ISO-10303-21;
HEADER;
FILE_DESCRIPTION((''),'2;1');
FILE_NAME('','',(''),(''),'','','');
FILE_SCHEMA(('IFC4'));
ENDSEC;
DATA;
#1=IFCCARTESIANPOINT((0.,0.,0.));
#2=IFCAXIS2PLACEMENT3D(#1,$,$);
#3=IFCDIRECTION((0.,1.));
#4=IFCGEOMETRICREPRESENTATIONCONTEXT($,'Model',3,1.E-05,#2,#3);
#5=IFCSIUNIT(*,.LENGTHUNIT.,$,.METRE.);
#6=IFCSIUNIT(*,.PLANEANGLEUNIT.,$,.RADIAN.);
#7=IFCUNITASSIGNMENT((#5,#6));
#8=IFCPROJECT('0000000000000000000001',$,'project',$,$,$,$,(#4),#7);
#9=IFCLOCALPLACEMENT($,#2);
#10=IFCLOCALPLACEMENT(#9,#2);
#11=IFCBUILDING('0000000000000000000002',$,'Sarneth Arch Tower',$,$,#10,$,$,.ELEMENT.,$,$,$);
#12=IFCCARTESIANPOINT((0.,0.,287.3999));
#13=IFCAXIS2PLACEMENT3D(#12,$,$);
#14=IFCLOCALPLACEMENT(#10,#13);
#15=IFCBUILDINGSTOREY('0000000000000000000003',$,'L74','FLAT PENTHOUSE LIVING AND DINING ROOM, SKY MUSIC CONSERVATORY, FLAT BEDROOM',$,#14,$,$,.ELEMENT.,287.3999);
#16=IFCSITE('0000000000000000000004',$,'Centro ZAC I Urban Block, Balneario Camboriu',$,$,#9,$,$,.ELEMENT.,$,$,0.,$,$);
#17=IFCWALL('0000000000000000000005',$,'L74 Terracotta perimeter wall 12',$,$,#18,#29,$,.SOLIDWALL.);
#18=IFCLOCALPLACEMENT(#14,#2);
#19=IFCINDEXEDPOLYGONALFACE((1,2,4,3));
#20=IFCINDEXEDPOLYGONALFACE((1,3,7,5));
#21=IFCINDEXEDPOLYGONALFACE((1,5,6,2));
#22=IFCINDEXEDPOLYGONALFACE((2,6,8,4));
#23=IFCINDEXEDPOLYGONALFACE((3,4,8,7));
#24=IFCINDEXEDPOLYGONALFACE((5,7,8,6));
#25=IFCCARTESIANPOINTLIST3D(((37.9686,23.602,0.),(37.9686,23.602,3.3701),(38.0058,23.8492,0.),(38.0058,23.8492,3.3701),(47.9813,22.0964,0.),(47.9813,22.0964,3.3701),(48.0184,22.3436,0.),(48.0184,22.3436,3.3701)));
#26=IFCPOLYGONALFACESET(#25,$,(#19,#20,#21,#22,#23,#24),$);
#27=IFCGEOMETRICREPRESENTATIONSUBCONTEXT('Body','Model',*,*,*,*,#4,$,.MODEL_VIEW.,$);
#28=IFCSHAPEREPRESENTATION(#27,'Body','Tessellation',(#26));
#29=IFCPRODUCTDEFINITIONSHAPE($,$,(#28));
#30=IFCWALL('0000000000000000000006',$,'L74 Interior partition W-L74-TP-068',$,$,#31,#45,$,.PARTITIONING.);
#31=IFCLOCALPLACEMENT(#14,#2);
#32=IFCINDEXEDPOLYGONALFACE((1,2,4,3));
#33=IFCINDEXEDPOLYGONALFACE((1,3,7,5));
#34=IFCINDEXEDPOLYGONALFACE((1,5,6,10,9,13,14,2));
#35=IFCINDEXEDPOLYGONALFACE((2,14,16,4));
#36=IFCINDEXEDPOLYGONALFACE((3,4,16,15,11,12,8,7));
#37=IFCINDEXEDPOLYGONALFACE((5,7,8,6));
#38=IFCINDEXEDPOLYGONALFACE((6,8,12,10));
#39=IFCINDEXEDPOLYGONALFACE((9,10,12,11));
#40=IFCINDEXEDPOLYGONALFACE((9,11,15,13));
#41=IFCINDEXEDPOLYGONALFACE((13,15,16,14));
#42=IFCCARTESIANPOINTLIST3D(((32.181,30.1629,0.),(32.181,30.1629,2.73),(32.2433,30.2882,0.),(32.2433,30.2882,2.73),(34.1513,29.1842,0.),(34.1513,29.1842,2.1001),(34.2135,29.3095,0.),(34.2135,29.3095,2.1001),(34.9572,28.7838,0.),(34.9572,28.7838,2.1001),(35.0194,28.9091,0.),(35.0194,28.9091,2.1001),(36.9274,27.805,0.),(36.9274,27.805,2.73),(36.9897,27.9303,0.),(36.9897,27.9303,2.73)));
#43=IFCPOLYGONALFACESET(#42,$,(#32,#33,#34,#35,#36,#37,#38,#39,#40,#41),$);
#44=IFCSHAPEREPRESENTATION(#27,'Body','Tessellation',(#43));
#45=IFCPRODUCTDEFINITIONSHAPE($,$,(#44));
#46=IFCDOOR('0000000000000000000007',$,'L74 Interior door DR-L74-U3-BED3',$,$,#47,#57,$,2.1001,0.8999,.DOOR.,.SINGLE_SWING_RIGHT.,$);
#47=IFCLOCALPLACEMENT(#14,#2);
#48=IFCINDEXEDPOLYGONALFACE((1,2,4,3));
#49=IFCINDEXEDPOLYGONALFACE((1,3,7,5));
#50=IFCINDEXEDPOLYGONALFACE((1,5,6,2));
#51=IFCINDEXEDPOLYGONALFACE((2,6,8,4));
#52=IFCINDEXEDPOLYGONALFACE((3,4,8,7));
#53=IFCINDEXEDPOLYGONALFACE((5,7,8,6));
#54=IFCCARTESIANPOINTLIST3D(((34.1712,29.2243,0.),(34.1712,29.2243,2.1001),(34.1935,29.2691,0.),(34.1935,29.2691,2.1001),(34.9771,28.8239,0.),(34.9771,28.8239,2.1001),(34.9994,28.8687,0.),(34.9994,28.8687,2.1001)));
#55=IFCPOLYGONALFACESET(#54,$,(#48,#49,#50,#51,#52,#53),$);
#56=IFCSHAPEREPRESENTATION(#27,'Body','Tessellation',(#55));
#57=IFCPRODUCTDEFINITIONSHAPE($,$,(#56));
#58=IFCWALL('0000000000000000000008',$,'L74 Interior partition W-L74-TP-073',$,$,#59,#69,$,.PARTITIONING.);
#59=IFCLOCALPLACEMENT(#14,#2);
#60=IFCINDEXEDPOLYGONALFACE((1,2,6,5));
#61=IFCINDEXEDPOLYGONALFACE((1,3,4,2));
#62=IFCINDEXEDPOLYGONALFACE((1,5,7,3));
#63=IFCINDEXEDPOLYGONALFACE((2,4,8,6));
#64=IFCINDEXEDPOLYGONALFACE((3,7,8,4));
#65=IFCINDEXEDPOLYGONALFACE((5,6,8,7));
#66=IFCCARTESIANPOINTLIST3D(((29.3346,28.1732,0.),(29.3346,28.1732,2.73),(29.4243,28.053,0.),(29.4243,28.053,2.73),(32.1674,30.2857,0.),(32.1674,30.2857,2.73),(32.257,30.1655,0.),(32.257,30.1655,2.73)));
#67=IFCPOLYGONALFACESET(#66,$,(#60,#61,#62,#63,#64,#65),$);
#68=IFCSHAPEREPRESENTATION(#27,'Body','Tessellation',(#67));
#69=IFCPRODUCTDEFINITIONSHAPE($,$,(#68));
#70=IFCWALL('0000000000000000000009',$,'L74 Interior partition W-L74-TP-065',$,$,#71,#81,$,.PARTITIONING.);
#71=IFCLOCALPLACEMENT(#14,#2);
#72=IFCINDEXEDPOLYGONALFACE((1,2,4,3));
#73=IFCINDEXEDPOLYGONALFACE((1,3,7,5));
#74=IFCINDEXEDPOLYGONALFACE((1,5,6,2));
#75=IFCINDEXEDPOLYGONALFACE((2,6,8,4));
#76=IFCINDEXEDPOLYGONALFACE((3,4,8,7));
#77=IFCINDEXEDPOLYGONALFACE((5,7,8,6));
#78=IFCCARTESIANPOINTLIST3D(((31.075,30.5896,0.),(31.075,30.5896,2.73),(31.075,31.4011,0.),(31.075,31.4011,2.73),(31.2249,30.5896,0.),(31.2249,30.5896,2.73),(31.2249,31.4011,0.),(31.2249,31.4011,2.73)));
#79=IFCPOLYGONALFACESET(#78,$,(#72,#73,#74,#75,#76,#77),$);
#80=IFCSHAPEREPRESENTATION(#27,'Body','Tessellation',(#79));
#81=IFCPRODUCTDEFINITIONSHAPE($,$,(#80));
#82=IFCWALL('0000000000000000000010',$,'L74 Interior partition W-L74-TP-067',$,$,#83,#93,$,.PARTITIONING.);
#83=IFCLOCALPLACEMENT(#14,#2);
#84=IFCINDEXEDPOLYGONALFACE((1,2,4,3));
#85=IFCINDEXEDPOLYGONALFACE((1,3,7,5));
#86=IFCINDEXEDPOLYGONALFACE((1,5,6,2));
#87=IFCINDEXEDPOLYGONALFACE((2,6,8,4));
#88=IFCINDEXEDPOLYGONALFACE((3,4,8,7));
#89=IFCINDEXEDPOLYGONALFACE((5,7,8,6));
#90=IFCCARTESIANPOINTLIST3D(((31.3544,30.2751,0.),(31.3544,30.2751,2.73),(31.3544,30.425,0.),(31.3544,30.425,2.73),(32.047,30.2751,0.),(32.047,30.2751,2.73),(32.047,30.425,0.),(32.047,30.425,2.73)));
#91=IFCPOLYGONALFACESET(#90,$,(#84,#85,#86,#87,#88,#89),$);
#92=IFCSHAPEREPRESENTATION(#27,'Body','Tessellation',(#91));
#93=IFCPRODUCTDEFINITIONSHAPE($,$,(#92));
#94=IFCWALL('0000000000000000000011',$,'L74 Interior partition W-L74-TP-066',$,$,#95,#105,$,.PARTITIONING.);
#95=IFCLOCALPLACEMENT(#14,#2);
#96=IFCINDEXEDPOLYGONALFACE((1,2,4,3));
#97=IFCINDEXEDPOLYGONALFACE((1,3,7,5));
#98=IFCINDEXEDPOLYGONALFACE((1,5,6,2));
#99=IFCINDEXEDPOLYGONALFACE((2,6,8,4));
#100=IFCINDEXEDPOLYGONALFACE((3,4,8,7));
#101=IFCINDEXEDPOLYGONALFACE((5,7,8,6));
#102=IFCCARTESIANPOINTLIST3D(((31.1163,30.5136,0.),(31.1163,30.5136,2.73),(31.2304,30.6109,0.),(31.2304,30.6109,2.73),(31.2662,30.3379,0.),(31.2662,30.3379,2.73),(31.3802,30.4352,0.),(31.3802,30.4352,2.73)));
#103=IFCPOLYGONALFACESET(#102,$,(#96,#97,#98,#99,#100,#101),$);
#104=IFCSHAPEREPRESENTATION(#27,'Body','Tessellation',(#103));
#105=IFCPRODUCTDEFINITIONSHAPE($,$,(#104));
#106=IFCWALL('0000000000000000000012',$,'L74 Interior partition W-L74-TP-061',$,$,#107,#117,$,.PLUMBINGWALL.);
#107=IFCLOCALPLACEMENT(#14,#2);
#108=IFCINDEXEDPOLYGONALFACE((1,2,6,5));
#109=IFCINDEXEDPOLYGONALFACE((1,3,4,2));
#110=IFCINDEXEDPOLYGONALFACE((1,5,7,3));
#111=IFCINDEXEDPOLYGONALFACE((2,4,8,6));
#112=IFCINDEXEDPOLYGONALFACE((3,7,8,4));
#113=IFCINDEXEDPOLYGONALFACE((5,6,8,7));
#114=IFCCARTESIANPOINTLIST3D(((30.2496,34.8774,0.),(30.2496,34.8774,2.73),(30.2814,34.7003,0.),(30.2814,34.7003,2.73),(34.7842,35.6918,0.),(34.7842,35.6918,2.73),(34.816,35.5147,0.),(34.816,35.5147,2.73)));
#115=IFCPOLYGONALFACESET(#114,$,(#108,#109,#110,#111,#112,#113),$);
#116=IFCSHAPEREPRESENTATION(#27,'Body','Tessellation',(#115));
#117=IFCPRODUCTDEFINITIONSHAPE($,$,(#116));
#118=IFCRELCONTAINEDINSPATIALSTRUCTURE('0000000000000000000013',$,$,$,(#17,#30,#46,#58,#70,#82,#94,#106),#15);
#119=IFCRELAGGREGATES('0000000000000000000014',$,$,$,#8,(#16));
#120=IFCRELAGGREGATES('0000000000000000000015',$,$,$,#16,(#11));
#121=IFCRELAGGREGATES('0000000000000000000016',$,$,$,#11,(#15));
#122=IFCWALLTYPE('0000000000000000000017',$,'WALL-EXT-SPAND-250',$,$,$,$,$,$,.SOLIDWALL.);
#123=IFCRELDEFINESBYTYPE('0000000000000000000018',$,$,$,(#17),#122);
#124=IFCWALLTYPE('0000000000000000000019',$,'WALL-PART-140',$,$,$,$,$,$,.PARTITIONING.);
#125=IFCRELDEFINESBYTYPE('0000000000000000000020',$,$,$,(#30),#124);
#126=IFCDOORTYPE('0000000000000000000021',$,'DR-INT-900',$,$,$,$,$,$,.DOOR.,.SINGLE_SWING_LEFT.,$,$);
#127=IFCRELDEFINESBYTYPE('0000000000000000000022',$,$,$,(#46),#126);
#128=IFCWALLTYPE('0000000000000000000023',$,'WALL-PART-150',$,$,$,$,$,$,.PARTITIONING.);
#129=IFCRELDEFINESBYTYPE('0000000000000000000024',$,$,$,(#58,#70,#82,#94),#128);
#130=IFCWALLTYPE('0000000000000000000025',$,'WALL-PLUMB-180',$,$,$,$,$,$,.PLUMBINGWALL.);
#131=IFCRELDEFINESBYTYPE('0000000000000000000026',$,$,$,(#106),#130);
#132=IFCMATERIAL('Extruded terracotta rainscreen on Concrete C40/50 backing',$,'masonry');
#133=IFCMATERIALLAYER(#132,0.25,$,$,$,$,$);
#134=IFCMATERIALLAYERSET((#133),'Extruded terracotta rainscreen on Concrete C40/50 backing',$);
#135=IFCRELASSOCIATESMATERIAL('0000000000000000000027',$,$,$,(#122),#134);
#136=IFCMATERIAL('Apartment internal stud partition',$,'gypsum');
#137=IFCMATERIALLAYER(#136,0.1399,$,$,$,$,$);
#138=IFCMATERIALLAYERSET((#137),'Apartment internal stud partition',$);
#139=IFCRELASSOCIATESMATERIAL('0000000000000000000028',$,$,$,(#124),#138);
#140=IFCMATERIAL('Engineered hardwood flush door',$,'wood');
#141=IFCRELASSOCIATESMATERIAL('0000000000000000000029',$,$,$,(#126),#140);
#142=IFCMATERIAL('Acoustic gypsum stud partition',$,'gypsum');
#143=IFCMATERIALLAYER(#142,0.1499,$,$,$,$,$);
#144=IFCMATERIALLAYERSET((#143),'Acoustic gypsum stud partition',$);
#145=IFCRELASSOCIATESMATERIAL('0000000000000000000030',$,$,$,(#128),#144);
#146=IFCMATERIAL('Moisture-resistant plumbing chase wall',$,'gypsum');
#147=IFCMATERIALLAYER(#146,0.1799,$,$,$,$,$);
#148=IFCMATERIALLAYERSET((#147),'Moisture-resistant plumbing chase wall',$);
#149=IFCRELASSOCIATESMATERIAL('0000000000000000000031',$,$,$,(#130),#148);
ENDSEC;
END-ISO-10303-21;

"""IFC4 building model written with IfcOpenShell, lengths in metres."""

from ifc_helpers import new_model, si_unit, direction, frame, frame_2d, origin, place, context, subcontext, project, spatial, rectangle, extrude, material, layer, layer_set, type_object, element, fill, save


model = new_model("IFC4")

# Units and contexts
model_context = context("Model", 3, precision=1e-05, world=origin(), true_north=direction((0.0, 1.0)))
body_context = subcontext(model_context, "Body", "Model", "MODEL_VIEW")
ifc_project = project(units=[si_unit("LENGTHUNIT", "METRE"), si_unit("PLANEANGLEUNIT", "RADIAN")], contexts=[model_context])

# Site, building, storey
site_placement = place(None, origin())
site = spatial("IfcSite", under=ifc_project, at=site_placement, Name="Centro ZAC I Urban Block, Balneario Camboriu", CompositionType="ELEMENT", RefElevation=0.0)
building_placement = place(site_placement, origin())
building = spatial("IfcBuilding", under=site, at=building_placement, Name="Sarneth Arch Tower", CompositionType="ELEMENT")
storey_placement = place(building_placement, frame((0.0, 0.0, 287.3999)))
storey = spatial("IfcBuildingStorey", under=building, at=storey_placement, Name="L74", Description="FLAT PENTHOUSE LIVING AND DINING ROOM, SKY MUSIC CONSERVATORY, FLAT BEDROOM", CompositionType="ELEMENT", Elevation=287.3999)

# Wall
ifc_material_1 = material(Name="Extruded terracotta rainscreen on Concrete C40/50 backing", Category="masonry")
ifc_layer_1 = layer(ifc_material_1, 0.25)
ifc_layer_set_1 = layer_set([ifc_layer_1], Name="Extruded terracotta rainscreen on Concrete C40/50 backing")
wall_type_1 = type_object("IfcWallType", Name="WALL-EXT-SPAND-250", PredefinedType="SOLIDWALL", material=ifc_layer_set_1)
wall_1_placement = place(storey_placement, frame((37.9873, 23.7256, 0.0), z_axis=(0.0, 0.0, 1.0), x_axis=(0.988883, -0.148699, 0.0)))
element("IfcWall", 1, at=wall_1_placement, inside=storey, type_object=wall_type_1, Name="L74 Terracotta perimeter wall 12", PredefinedType="SOLIDWALL", context=body_context, shape_type="SweptSolid", body=[
    extrude(rectangle(XDim=10.1252, YDim=0.25, at=frame_2d((5.0625, 0.0))), origin(), (0.0, 0.0, 1.0), 3.3701),
])

# Wall, opening, door
ifc_material_2 = material(Name="Apartment internal stud partition", Category="gypsum")
ifc_layer_2 = layer(ifc_material_2, 0.1399)
ifc_layer_set_2 = layer_set([ifc_layer_2], Name="Apartment internal stud partition")
wall_type_2 = type_object("IfcWallType", Name="WALL-PART-140", PredefinedType="PARTITIONING", material=ifc_layer_set_2)
wall_2_placement = place(storey_placement, frame((32.2122, 30.2256, 0.0), z_axis=(0.0, 0.0, 1.0), x_axis=(0.895576, -0.444909, 0.0)))
wall_2 = element("IfcWall", 2, at=wall_2_placement, inside=storey, type_object=wall_type_2, Name="L74 Interior partition W-L74-TP-068", PredefinedType="PARTITIONING", context=body_context, shape_type="SweptSolid", body=[
    extrude(rectangle(XDim=5.2998, YDim=0.1399, at=frame_2d((2.6499, 0.0))), origin(), (0.0, 0.0, 1.0), 2.73),
])
opening_1_placement = place(wall_2_placement, frame((2.2, 0.0, 0.0)))
opening_1 = element("IfcOpeningElement", 3, at=opening_1_placement, cuts=wall_2, PredefinedType="OPENING", context=body_context, shape_type="SweptSolid", body=[
    extrude(rectangle(XDim=0.8999, YDim=2.1001, at=frame_2d((0.45, 1.05))), frame((0.0, 0.0798, 0.0), z_axis=(0.0, -1.0, 0.0), x_axis=(1.0, 0.0, 0.0)), (0.0, 0.0, 1.0), 0.1599),
])
ifc_material_3 = material(Name="Engineered hardwood flush door", Category="wood")
door_type_1 = type_object("IfcDoorType", Name="DR-INT-900", OperationType="SINGLE_SWING_LEFT", PredefinedType="DOOR", material=ifc_material_3)
door_1_placement = place(opening_1_placement, origin())
door_1 = element("IfcDoor", 4, at=door_1_placement, inside=storey, type_object=door_type_1, Name="L74 Interior door DR-L74-U3-BED3", OperationType="SINGLE_SWING_RIGHT", OverallHeight=2.1001, OverallWidth=0.8999, PredefinedType="DOOR", context=body_context, shape_type="SweptSolid", body=[
    extrude(rectangle(XDim=0.8999, YDim=2.1001, at=frame_2d((0.45, 1.05))), frame((0.0, 0.0249, 0.0), z_axis=(0.0, -1.0, 0.0), x_axis=(1.0, 0.0, 0.0)), (0.0, 0.0, 1.0), 0.05),
])
fill(opening_1, door_1)

# Walls
ifc_material_4 = material(Name="Acoustic gypsum stud partition", Category="gypsum")
ifc_layer_3 = layer(ifc_material_4, 0.1499)
ifc_layer_set_3 = layer_set([ifc_layer_3], Name="Acoustic gypsum stud partition")
wall_type_3 = type_object("IfcWallType", Name="WALL-PART-150", PredefinedType="PARTITIONING", material=ifc_layer_set_3)
wall_3_placement = place(storey_placement, frame((32.2122, 30.2256, 0.0), z_axis=(0.0, 0.0, 1.0), x_axis=(-0.80163, -0.59782, 0.0)))
element("IfcWall", 5, at=wall_3_placement, inside=storey, type_object=wall_type_3, Name="L74 Interior partition W-L74-TP-073", PredefinedType="PARTITIONING", context=body_context, shape_type="SweptSolid", body=[
    extrude(rectangle(XDim=3.5337, YDim=0.1499, at=frame_2d((1.7668, 0.0))), origin(), (0.0, 0.0, 1.0), 2.73),
])
wall_4_placement = place(storey_placement, frame((31.1499, 31.4011, 0.0), z_axis=(0.0, 0.0, 1.0), x_axis=(0.0, -1.0, 0.0)))
element("IfcWall", 6, at=wall_4_placement, inside=storey, type_object=wall_type_3, Name="L74 Interior partition W-L74-TP-065", PredefinedType="PARTITIONING", context=body_context, shape_type="SweptSolid", body=[
    extrude(rectangle(XDim=0.8115, YDim=0.1499, at=frame_2d((0.4058, 0.0))), origin(), (0.0, 0.0, 1.0), 2.73),
])
wall_5_placement = place(storey_placement, frame((31.3545, 30.3501, 0.0), z_axis=(0.0, 0.0, 1.0), x_axis=(1.0, 0.0, 0.0)))
element("IfcWall", 7, at=wall_5_placement, inside=storey, type_object=wall_type_3, Name="L74 Interior partition W-L74-TP-067", PredefinedType="PARTITIONING", context=body_context, shape_type="SweptSolid", body=[
    extrude(rectangle(XDim=0.6926, YDim=0.1499, at=frame_2d((0.3462, 0.0))), origin(), (0.0, 0.0, 1.0), 2.73),
])
wall_6_placement = place(storey_placement, frame((31.1733, 30.5623, 0.0), z_axis=(0.0, 0.0, 1.0), x_axis=(0.648875, -0.760895, 0.0)))
element("IfcWall", 8, at=wall_6_placement, inside=storey, type_object=wall_type_3, Name="L74 Interior partition W-L74-TP-066", PredefinedType="PARTITIONING", context=body_context, shape_type="SweptSolid", body=[
    extrude(rectangle(XDim=0.231, YDim=0.1499, at=frame_2d((0.1155, 0.0))), origin(), (0.0, 0.0, 1.0), 2.73),
])
ifc_material_5 = material(Name="Moisture-resistant plumbing chase wall", Category="gypsum")
ifc_layer_4 = layer(ifc_material_5, 0.1799)
ifc_layer_set_4 = layer_set([ifc_layer_4], Name="Moisture-resistant plumbing chase wall")
wall_type_4 = type_object("IfcWallType", Name="WALL-PLUMB-180", PredefinedType="PLUMBINGWALL", material=ifc_layer_set_4)
wall_7_placement = place(storey_placement, frame((30.2654, 34.7888, 0.0), z_axis=(0.0, 0.0, 1.0), x_axis=(0.984251, 0.176777, 0.0)))
element("IfcWall", 9, at=wall_7_placement, inside=storey, type_object=wall_type_4, Name="L74 Interior partition W-L74-TP-061", PredefinedType="PLUMBINGWALL", context=body_context, shape_type="SweptSolid", body=[
    extrude(rectangle(XDim=4.6072, YDim=0.1799, at=frame_2d((2.3037, 0.0))), origin(), (0.0, 0.0, 1.0), 2.73),
])

save(model, "model.ifc")
